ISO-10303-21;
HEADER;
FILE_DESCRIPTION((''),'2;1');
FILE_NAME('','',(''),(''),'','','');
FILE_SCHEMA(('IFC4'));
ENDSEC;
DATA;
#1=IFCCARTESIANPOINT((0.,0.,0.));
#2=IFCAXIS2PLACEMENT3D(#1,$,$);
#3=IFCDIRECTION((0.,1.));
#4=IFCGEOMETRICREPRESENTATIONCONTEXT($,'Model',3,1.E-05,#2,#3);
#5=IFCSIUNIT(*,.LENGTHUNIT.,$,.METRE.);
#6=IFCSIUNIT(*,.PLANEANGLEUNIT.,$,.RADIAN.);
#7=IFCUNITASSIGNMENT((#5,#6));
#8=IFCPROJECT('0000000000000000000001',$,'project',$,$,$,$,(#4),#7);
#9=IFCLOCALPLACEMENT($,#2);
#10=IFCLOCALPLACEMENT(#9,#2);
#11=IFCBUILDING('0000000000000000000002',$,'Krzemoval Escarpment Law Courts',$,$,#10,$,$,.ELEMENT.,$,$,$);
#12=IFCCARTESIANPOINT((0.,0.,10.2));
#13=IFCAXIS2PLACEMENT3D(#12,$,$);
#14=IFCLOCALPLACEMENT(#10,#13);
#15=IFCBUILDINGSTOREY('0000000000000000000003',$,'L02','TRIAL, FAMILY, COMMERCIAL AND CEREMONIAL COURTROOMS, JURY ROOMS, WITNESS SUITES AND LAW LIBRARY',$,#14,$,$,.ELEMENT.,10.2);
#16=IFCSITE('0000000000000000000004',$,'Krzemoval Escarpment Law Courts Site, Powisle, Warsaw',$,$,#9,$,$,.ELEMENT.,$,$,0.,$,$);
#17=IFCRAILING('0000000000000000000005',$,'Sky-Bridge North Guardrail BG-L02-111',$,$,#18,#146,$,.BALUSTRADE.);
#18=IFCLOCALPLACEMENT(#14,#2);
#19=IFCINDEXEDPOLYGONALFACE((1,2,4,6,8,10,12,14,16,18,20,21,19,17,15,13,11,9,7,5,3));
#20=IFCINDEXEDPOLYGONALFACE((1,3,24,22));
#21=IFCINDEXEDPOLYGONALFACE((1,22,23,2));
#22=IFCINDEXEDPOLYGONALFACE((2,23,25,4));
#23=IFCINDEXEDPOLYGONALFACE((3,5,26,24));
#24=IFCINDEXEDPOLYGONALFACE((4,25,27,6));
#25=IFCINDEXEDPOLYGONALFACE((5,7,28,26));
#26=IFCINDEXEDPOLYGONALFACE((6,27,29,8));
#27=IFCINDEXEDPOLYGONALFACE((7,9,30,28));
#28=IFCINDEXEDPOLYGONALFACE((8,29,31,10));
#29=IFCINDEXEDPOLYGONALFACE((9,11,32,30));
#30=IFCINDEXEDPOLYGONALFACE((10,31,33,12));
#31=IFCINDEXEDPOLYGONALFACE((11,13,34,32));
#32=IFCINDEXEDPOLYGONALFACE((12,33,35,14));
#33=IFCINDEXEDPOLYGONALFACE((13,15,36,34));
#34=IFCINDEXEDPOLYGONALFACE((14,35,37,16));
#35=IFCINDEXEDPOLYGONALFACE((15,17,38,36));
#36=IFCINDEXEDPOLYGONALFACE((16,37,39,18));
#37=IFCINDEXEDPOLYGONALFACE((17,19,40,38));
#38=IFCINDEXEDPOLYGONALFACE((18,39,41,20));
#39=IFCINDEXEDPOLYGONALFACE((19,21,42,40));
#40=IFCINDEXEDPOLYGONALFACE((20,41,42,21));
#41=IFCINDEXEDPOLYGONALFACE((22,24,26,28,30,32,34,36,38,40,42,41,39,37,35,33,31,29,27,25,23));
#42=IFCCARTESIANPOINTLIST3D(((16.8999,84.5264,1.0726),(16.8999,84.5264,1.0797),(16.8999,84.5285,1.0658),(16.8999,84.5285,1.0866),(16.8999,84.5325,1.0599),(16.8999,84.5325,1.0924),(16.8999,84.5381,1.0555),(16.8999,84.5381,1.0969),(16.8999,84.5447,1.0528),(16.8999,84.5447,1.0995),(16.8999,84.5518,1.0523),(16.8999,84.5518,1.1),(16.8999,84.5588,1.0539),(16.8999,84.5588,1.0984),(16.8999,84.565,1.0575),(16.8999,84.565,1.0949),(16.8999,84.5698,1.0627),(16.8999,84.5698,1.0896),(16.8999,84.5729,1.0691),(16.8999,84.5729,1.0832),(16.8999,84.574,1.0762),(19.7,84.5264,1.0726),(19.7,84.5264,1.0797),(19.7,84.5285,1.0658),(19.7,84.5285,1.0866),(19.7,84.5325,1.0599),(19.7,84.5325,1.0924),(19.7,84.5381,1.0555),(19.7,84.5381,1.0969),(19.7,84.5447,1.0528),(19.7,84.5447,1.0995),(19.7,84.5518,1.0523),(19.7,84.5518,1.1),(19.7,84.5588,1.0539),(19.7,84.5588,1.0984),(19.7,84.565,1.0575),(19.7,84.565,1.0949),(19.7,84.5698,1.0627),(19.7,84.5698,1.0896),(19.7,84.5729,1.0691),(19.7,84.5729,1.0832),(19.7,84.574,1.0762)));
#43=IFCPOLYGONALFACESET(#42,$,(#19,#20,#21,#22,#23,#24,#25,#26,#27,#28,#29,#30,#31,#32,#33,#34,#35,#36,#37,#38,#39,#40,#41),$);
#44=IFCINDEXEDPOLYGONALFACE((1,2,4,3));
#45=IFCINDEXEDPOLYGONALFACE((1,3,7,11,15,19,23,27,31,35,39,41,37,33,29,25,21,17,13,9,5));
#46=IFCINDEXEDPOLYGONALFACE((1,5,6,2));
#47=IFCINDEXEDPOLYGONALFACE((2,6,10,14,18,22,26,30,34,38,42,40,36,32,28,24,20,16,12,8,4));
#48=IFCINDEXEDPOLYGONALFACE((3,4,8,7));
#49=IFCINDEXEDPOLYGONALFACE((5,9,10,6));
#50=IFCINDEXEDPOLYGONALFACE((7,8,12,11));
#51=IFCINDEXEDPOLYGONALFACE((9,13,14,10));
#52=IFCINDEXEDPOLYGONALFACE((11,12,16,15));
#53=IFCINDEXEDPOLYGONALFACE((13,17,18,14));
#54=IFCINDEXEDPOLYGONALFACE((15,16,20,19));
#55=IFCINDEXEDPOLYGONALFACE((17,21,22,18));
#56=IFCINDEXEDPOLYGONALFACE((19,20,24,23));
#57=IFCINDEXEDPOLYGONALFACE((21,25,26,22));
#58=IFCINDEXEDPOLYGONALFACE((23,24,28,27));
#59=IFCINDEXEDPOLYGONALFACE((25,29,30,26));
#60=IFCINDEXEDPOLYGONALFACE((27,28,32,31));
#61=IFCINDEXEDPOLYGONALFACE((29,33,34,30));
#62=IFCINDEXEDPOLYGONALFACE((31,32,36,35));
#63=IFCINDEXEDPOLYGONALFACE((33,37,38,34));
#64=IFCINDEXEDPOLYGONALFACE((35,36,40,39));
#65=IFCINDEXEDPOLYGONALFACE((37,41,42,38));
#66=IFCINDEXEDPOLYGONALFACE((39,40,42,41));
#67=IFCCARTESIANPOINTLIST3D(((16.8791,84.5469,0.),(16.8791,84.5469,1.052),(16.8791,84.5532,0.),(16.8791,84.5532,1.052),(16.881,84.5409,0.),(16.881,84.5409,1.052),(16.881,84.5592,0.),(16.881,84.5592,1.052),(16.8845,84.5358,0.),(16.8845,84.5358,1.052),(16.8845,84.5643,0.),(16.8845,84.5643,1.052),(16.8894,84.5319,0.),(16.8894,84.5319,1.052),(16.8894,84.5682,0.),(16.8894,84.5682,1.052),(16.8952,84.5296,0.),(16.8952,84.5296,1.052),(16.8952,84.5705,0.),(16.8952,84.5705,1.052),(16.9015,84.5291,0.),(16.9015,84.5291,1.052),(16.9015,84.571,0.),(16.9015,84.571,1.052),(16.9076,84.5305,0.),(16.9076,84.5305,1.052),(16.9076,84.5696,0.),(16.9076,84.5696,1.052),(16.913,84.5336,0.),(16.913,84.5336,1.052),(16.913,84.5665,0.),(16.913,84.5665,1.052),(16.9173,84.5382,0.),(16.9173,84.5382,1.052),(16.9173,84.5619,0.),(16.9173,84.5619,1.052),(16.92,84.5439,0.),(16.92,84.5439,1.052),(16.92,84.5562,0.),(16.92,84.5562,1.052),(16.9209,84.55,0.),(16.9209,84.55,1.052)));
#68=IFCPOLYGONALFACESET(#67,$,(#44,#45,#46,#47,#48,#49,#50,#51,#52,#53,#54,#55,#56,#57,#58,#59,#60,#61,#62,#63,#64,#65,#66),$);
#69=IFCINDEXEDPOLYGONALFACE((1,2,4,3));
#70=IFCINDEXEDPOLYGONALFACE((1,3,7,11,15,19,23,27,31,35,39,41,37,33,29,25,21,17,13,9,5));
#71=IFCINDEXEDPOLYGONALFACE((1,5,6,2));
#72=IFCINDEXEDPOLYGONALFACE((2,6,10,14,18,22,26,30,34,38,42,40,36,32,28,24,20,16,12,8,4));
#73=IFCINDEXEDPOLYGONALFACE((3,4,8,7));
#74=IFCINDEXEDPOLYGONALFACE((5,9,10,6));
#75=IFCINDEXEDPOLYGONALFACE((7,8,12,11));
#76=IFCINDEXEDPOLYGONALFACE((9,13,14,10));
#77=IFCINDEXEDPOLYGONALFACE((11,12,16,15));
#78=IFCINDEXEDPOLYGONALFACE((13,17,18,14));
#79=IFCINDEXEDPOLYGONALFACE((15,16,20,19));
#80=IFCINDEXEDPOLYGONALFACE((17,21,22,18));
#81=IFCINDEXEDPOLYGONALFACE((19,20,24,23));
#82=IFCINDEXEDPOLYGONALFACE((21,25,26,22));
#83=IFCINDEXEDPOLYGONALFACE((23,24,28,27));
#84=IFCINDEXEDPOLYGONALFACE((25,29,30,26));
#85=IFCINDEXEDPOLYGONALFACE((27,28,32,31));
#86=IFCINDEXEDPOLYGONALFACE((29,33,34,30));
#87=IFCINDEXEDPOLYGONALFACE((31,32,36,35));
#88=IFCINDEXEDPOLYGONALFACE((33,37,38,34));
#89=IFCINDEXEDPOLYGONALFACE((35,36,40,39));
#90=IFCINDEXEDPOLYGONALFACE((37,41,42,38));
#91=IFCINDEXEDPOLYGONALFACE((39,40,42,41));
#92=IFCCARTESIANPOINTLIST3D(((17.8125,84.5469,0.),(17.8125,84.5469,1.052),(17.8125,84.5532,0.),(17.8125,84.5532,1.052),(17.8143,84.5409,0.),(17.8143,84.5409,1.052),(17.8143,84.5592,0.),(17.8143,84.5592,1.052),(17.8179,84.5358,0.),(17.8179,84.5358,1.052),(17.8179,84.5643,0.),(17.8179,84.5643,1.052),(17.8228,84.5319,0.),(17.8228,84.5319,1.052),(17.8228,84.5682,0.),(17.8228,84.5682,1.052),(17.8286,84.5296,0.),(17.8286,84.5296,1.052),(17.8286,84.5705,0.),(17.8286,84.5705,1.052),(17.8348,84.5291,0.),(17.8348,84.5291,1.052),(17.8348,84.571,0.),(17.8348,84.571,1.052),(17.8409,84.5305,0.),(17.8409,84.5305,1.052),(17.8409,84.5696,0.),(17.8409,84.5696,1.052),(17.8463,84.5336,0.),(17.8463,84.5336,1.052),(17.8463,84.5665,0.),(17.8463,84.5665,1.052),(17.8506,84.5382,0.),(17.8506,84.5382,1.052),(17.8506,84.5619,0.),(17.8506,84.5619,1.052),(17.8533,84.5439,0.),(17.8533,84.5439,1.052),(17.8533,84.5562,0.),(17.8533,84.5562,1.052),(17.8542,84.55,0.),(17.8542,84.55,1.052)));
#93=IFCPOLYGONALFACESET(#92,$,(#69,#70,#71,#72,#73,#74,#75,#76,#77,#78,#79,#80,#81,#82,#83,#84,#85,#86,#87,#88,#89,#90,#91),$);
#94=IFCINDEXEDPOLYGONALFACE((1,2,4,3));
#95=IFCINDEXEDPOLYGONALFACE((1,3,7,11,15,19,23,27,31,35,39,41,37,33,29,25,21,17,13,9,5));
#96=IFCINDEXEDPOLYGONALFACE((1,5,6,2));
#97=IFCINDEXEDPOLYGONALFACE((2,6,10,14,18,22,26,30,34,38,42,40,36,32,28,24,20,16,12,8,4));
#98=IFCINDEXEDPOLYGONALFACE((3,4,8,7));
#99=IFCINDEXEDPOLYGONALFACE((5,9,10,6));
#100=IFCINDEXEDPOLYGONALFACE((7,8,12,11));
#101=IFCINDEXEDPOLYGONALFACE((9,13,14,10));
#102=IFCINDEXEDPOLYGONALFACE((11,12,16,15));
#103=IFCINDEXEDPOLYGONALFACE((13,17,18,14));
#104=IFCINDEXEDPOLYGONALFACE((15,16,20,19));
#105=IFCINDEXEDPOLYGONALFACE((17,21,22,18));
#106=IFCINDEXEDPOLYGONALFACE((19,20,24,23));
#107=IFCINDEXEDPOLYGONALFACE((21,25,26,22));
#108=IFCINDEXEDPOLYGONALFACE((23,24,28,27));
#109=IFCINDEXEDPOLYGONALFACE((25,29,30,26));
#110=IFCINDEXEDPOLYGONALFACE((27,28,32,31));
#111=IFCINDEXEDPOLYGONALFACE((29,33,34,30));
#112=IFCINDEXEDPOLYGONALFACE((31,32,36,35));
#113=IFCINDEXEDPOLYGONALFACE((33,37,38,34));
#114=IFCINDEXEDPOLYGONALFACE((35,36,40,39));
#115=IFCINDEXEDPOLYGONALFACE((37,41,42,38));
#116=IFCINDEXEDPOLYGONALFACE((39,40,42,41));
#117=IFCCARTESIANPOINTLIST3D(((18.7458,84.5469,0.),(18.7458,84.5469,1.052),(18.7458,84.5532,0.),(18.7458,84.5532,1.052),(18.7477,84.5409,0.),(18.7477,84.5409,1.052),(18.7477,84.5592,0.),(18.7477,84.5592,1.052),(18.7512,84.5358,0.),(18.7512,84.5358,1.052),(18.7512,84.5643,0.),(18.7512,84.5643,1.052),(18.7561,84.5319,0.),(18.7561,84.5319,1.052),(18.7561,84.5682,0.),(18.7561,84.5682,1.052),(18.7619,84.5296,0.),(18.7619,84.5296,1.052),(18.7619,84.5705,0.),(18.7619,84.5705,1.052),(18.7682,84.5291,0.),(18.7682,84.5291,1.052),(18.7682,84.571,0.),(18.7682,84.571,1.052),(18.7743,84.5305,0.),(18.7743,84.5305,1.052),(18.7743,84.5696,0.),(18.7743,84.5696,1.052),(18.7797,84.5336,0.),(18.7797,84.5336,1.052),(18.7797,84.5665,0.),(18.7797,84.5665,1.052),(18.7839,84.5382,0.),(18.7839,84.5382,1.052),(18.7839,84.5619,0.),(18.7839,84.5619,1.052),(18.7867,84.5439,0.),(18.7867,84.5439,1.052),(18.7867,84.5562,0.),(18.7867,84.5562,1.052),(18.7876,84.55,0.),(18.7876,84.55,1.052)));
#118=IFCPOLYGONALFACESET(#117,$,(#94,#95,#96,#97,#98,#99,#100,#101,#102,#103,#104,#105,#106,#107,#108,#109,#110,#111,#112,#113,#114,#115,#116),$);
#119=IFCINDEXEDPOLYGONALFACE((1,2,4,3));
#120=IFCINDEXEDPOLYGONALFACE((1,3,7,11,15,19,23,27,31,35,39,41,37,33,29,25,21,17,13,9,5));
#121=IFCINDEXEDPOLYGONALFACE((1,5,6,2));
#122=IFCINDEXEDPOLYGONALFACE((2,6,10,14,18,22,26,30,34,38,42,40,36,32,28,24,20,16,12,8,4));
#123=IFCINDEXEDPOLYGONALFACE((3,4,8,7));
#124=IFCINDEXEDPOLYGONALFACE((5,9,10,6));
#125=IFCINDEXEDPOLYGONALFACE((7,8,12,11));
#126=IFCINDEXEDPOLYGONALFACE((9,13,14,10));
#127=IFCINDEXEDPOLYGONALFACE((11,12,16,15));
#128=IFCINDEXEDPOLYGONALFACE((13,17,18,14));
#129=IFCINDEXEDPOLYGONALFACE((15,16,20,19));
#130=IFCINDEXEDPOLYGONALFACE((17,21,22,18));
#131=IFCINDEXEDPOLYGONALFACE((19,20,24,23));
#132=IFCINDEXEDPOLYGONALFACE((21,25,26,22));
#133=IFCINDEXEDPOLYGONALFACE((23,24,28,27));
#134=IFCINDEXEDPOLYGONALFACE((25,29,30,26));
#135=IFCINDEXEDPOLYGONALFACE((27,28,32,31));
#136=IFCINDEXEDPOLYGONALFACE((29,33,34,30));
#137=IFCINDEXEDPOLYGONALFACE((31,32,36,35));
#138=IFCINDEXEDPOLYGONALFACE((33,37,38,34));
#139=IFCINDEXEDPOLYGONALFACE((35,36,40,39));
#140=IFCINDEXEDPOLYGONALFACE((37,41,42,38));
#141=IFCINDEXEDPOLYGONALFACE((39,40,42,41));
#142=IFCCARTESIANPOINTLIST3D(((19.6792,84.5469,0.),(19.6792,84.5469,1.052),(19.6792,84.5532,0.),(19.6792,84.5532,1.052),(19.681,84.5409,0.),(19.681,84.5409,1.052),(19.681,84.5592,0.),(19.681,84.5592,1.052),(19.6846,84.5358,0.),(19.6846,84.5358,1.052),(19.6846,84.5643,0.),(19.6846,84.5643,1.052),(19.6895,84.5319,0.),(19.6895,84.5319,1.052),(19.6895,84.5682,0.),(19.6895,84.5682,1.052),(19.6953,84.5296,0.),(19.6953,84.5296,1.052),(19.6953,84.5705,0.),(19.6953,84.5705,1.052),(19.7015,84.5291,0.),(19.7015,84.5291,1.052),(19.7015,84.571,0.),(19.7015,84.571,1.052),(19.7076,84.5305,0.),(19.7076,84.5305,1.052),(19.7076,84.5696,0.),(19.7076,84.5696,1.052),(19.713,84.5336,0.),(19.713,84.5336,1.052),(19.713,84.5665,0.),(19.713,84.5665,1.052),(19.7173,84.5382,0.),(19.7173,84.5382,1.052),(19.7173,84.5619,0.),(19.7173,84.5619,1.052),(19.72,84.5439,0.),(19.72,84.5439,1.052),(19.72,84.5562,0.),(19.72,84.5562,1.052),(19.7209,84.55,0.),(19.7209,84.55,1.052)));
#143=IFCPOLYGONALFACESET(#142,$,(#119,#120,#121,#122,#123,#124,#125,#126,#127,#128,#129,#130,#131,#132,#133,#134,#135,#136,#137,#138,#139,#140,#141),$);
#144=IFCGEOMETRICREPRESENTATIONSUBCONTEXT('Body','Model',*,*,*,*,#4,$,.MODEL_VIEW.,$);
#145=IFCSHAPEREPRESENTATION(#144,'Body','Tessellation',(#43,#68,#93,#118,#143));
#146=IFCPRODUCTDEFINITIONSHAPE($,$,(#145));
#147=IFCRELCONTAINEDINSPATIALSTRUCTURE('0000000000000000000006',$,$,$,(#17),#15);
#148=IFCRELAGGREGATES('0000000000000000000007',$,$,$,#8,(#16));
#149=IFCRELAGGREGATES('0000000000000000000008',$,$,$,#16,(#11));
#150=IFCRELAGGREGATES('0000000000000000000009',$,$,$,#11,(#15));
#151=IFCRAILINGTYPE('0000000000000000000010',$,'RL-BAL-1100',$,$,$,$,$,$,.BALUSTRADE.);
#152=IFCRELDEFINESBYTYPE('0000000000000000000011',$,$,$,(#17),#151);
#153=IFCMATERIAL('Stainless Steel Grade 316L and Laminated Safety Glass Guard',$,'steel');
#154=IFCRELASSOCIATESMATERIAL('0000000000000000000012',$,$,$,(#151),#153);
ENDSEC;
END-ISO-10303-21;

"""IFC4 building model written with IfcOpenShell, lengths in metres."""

from ifc_helpers import new_model, si_unit, direction, frame, origin, origin_2d, place, context, subcontext, project, spatial, circle, extrude, material, type_object, element, save


model = new_model("IFC4")

# Units and contexts
model_context = context("Model", 3, precision=1e-05, world=origin(), true_north=direction((0.0, 1.0)))
body_context = subcontext(model_context, "Body", "Model", "MODEL_VIEW")
ifc_project = project(units=[si_unit("LENGTHUNIT", "METRE"), si_unit("PLANEANGLEUNIT", "RADIAN")], contexts=[model_context])

# Site, building, storey
site_placement = place(None, origin())
site = spatial("IfcSite", under=ifc_project, at=site_placement, Name="Krzemoval Escarpment Law Courts Site, Powisle, Warsaw", CompositionType="ELEMENT", RefElevation=0.0)
building_placement = place(site_placement, origin())
building = spatial("IfcBuilding", under=site, at=building_placement, Name="Krzemoval Escarpment Law Courts", CompositionType="ELEMENT")
storey_placement = place(building_placement, frame((0.0, 0.0, 10.2)))
storey = spatial("IfcBuildingStorey", under=building, at=storey_placement, Name="L02", Description="TRIAL, FAMILY, COMMERCIAL AND CEREMONIAL COURTROOMS, JURY ROOMS, WITNESS SUITES AND LAW LIBRARY", CompositionType="ELEMENT", Elevation=10.2)

# Railing
ifc_material_1 = material(Name="Stainless Steel Grade 316L and Laminated Safety Glass Guard", Category="steel")
railing_type_1 = type_object("IfcRailingType", Name="RL-BAL-1100", PredefinedType="BALUSTRADE", material=ifc_material_1)
railing_1_placement = place(storey_placement, frame((16.8999, 84.55, 0.0)))
element("IfcRailing", 1, at=railing_1_placement, inside=storey, type_object=railing_type_1, Name="Sky-Bridge North Guardrail BG-L02-111", PredefinedType="BALUSTRADE", context=body_context, shape_type="SweptSolid", body=[
    extrude(circle(Radius=0.0239, at=origin_2d()), frame((0.0, 0.0, 1.0762), z_axis=(1.0, 0.0, 0.0), x_axis=(0.0, 1.0, 0.0)), (0.0, 0.0, 1.0), 2.8),
    extrude(circle(Radius=0.021, at=origin_2d()), origin(), (0.0, 0.0, 1.0), 1.052),
    extrude(circle(Radius=0.021, at=origin_2d()), frame((0.9333, 0.0, 0.0)), (0.0, 0.0, 1.0), 1.052),
    extrude(circle(Radius=0.021, at=origin_2d()), frame((1.8667, 0.0, 0.0)), (0.0, 0.0, 1.0), 1.052),
    extrude(circle(Radius=0.021, at=origin_2d()), frame((2.8, 0.0, 0.0)), (0.0, 0.0, 1.0), 1.052),
])

save(model, "model.ifc")
